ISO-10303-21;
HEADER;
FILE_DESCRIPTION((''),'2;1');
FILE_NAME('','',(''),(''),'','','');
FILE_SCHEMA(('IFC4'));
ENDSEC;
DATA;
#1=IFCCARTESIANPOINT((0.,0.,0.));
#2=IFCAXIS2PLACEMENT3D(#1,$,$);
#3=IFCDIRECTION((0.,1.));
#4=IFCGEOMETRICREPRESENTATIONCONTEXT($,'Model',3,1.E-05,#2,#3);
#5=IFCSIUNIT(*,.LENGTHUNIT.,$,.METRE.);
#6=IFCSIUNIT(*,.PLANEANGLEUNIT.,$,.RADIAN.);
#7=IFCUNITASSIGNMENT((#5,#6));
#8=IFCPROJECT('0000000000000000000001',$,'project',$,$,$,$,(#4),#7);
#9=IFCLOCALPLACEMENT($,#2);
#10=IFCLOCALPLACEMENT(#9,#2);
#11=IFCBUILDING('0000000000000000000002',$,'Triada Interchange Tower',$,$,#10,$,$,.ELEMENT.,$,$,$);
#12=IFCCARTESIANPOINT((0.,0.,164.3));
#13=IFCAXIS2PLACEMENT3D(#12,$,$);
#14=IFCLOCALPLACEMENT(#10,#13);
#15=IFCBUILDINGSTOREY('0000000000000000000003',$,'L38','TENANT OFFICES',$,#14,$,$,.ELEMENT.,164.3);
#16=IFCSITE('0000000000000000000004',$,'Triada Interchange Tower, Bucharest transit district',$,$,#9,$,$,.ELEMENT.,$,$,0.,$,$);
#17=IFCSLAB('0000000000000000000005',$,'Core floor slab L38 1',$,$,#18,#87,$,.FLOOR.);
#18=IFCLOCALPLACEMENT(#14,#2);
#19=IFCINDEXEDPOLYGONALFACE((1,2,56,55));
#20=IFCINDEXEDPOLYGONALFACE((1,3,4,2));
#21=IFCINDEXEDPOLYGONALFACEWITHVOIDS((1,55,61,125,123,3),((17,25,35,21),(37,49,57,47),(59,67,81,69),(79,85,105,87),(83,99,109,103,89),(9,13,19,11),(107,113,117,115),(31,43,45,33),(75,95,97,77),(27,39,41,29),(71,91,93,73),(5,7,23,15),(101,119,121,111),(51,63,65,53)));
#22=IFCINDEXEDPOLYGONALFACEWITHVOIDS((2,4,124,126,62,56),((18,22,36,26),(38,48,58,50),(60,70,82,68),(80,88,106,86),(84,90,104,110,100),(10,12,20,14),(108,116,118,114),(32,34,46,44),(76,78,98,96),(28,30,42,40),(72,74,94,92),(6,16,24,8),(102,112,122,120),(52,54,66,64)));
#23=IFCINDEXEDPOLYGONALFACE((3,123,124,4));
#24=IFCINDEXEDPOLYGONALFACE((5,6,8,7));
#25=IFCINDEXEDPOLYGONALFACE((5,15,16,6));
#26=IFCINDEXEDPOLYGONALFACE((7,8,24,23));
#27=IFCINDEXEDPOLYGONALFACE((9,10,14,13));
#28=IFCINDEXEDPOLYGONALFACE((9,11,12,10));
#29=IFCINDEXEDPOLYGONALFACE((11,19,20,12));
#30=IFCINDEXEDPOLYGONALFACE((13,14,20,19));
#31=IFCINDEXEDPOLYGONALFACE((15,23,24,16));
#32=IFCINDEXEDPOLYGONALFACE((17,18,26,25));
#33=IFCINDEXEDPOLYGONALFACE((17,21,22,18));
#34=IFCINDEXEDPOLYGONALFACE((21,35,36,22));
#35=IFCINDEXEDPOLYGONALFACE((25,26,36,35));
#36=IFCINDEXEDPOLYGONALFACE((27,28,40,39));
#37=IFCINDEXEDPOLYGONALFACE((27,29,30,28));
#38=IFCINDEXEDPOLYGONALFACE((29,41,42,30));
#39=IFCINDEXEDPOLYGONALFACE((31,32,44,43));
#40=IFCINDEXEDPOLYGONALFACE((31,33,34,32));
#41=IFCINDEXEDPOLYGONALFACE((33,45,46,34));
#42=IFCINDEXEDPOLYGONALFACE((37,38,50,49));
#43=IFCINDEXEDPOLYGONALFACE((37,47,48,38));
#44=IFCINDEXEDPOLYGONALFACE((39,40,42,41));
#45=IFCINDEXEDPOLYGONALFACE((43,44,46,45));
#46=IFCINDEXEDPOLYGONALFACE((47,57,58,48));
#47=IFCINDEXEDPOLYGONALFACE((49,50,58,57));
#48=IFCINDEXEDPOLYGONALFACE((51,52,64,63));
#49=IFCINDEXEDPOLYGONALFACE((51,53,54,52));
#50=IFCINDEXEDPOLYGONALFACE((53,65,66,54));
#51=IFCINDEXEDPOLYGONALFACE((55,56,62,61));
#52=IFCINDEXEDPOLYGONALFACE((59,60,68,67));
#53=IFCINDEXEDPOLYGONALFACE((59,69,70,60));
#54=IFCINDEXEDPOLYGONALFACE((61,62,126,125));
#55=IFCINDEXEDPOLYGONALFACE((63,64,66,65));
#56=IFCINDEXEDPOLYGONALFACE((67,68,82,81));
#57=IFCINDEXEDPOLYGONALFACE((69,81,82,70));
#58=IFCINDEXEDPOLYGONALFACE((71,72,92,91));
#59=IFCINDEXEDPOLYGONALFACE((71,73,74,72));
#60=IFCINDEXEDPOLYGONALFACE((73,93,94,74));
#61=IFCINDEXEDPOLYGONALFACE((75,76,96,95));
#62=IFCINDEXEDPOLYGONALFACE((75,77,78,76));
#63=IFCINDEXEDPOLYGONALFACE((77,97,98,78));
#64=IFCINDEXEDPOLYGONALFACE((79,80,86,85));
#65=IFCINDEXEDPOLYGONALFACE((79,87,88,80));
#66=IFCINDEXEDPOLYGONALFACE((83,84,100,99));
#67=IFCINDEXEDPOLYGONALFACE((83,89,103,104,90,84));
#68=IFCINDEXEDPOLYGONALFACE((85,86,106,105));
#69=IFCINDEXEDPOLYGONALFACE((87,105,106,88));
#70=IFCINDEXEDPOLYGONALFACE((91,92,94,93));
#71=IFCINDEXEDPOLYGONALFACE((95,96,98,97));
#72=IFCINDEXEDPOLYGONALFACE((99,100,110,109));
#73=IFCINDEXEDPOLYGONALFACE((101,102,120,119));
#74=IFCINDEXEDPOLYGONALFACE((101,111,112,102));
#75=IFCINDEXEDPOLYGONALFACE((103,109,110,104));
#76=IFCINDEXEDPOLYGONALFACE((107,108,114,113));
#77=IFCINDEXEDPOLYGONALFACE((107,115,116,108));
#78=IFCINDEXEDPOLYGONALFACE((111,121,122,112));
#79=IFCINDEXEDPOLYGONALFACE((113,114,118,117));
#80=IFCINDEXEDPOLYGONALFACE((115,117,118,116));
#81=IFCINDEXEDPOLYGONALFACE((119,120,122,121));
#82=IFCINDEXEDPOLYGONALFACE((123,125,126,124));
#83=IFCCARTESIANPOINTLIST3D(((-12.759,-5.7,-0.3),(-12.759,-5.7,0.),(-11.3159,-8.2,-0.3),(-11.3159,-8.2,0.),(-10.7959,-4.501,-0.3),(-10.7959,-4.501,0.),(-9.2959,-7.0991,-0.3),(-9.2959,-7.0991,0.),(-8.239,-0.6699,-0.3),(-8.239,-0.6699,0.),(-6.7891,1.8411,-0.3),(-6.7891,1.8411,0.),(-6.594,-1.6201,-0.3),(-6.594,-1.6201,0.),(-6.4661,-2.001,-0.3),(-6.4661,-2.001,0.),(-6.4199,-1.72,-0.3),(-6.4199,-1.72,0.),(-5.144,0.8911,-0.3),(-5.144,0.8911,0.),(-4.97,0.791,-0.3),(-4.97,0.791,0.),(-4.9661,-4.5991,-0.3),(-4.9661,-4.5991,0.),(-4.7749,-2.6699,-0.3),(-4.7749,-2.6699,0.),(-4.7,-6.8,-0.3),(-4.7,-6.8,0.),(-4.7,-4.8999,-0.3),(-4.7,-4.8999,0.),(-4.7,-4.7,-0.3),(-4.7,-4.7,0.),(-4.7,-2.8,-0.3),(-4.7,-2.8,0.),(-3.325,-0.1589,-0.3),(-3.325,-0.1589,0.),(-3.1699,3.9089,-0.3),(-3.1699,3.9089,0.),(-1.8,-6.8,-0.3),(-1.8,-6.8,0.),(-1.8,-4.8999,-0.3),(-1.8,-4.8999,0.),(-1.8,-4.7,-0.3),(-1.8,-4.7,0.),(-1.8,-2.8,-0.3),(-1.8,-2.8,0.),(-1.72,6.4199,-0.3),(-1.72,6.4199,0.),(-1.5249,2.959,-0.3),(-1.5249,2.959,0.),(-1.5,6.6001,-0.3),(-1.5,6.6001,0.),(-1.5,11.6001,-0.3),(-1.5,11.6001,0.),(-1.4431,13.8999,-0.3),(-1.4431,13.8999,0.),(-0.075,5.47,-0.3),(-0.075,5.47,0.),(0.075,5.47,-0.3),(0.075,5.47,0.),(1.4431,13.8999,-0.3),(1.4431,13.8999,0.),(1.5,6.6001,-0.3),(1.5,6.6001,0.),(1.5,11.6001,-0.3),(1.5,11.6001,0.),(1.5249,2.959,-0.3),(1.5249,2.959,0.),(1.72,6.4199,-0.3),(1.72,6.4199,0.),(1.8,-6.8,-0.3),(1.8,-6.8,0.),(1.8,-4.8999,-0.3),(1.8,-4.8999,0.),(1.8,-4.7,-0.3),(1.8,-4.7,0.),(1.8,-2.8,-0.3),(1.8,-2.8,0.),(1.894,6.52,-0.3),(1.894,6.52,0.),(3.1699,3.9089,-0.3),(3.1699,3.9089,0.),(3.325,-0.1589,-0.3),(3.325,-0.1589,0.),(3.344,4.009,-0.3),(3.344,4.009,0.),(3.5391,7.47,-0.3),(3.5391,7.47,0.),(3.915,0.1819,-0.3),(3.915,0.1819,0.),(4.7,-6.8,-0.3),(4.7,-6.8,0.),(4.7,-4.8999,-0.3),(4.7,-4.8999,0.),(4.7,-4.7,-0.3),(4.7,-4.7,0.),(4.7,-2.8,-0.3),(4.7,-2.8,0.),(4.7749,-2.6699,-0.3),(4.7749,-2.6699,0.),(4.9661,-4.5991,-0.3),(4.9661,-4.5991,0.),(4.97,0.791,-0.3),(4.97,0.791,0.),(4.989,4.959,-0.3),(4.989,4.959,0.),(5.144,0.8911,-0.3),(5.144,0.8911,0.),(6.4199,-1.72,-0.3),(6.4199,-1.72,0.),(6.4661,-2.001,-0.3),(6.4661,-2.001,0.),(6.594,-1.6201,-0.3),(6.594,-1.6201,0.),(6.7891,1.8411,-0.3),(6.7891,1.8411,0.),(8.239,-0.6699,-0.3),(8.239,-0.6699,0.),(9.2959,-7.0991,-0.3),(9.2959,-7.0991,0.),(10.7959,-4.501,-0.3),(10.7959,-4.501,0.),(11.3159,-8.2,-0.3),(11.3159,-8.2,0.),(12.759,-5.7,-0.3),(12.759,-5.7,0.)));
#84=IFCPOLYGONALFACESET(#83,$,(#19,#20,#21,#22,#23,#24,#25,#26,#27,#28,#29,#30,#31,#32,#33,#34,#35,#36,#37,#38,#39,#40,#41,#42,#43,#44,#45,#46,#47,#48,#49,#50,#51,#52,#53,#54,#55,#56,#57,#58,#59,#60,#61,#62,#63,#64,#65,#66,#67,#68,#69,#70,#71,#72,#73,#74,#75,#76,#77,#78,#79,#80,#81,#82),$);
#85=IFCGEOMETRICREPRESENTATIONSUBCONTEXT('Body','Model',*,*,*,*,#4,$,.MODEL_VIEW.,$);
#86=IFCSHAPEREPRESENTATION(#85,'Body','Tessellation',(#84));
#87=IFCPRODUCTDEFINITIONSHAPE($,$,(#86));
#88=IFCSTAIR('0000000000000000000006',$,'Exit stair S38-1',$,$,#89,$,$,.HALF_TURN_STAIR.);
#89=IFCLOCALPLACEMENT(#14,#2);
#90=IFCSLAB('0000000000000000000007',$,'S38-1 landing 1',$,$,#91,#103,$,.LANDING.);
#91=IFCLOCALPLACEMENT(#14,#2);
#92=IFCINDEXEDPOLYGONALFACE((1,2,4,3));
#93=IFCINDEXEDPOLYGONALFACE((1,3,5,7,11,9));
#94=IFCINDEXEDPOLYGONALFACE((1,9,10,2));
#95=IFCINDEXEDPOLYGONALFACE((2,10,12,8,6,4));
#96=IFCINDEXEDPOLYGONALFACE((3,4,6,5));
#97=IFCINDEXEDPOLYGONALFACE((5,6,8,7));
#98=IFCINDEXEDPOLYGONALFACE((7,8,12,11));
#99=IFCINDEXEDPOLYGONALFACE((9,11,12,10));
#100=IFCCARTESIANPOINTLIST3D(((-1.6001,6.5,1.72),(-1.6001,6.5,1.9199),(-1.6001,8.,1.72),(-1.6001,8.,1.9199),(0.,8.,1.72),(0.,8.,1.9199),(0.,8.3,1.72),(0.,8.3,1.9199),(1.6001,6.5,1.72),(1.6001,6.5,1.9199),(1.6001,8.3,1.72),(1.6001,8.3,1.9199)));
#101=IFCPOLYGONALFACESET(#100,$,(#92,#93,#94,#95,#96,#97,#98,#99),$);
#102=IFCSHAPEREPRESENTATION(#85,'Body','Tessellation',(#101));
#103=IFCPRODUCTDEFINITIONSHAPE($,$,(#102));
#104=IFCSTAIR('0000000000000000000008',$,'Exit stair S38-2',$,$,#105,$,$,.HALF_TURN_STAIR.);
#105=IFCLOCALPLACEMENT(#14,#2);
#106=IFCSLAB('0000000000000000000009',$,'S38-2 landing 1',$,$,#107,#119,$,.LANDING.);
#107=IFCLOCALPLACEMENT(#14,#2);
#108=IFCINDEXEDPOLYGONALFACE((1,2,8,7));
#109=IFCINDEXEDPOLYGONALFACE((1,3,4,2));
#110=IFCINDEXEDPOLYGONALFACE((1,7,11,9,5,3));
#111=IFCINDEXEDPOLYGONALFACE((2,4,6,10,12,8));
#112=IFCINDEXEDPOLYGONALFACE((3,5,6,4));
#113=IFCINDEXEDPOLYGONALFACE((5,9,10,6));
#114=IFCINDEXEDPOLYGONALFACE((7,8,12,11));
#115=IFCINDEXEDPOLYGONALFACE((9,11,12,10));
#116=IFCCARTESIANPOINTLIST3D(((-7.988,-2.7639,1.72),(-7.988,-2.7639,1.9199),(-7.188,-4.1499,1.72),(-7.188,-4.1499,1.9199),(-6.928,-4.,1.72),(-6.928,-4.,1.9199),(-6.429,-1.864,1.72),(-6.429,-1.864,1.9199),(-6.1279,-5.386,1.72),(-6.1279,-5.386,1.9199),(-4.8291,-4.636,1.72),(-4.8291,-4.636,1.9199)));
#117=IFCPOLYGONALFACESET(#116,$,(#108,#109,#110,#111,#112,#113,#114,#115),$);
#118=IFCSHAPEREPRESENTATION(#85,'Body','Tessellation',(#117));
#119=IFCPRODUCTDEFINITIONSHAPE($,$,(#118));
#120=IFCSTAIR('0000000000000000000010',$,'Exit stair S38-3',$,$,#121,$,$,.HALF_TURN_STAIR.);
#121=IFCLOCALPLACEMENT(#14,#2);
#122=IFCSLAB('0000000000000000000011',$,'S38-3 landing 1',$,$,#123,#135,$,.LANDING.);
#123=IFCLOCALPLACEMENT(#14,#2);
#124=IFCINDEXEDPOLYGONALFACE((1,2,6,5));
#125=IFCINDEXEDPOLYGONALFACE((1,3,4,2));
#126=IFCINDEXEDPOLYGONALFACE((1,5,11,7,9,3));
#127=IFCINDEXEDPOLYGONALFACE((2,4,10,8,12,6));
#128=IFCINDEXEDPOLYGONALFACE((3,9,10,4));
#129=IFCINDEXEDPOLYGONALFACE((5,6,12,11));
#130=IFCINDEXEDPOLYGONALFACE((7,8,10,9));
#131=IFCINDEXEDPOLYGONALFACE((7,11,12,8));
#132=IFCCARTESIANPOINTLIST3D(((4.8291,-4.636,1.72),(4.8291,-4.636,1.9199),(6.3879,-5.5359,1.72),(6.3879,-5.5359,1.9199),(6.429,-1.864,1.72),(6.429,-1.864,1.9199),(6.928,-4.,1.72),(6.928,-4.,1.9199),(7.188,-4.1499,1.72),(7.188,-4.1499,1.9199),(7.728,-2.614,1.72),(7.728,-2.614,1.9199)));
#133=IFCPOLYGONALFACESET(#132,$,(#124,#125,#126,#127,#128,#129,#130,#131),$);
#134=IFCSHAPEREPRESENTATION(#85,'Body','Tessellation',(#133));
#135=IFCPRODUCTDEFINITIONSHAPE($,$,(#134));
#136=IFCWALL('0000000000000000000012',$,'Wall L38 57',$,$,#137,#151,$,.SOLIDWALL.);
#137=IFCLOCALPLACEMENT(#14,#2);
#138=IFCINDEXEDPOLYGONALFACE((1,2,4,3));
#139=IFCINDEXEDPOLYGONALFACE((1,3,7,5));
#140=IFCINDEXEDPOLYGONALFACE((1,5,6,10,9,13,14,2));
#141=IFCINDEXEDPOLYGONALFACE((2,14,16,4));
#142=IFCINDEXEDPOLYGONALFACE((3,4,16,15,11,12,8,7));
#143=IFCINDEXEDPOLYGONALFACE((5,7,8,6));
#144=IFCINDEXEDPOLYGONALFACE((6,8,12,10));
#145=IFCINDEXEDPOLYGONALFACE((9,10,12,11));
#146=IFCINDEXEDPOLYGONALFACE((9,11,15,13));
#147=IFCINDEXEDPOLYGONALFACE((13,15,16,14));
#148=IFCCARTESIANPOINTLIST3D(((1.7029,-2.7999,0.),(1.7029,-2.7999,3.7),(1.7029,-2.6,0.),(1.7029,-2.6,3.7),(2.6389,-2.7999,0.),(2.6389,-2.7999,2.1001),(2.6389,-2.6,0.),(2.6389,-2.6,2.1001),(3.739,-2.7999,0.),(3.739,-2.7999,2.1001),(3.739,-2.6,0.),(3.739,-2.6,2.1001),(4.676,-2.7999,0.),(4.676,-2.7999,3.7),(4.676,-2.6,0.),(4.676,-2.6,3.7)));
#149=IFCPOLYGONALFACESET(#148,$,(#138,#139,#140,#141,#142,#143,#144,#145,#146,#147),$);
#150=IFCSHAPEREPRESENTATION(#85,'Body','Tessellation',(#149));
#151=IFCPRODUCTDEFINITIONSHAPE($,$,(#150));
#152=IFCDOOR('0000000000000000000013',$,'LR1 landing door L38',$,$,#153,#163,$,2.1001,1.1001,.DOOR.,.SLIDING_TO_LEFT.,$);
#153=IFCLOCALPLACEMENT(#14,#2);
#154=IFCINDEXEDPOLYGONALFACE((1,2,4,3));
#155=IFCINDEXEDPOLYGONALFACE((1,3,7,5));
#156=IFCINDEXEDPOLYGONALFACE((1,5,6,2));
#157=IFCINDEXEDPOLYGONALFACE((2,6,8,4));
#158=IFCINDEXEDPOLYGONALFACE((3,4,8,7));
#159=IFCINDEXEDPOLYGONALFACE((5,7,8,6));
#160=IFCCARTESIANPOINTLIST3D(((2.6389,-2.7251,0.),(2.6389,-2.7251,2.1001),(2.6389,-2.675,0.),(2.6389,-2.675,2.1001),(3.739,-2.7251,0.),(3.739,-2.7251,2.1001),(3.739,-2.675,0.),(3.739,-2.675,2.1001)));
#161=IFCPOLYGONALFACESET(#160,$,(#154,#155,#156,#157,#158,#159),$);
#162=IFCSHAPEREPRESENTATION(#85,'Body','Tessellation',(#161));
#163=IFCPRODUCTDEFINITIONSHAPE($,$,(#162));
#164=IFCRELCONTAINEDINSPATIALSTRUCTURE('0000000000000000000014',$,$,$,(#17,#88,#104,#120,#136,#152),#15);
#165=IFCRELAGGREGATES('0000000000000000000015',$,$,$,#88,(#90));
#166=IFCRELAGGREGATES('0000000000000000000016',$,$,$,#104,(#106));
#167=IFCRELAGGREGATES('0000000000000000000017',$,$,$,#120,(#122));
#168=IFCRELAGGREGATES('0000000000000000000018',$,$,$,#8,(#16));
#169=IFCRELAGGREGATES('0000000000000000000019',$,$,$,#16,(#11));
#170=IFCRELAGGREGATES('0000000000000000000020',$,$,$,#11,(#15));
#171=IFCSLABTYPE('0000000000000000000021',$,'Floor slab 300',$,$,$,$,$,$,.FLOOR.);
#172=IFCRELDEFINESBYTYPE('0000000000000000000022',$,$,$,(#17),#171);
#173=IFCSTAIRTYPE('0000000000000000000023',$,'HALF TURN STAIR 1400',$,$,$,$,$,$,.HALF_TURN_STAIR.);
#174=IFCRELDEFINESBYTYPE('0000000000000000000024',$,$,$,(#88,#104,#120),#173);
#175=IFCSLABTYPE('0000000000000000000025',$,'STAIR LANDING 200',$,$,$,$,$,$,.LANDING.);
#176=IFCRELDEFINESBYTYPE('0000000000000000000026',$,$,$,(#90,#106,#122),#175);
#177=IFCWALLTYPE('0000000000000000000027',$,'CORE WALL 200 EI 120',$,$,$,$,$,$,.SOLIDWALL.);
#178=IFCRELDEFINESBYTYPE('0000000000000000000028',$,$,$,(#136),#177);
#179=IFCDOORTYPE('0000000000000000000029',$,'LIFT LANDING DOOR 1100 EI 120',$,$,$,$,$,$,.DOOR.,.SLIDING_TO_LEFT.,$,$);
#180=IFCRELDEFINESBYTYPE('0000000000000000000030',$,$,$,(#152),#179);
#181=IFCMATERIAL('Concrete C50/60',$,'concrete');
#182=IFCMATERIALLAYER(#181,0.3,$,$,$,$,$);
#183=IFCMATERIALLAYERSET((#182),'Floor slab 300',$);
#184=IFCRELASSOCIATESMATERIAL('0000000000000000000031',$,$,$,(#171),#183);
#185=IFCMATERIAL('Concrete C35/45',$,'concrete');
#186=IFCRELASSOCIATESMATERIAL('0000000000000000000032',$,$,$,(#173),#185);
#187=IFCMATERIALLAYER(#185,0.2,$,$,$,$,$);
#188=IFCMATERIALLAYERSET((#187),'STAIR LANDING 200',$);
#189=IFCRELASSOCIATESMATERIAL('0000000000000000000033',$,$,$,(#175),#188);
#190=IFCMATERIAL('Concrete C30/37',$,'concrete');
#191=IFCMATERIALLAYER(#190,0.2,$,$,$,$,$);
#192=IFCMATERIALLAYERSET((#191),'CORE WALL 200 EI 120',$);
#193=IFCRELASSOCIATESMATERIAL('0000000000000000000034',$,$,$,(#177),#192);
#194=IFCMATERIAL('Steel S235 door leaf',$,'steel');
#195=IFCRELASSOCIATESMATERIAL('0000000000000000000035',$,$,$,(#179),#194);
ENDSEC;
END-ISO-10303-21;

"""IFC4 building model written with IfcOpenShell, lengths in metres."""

from ifc_helpers import new_model, si_unit, direction, frame, frame_2d, origin, place, context, subcontext, project, spatial, polyline, rectangle, outline, extrude, material, layer, layer_set, type_object, element, fill, aggregate, save


model = new_model("IFC4")

# Units and contexts
model_context = context("Model", 3, precision=1e-05, world=origin(), true_north=direction((0.0, 1.0)))
body_context = subcontext(model_context, "Body", "Model", "MODEL_VIEW")
ifc_project = project(units=[si_unit("LENGTHUNIT", "METRE"), si_unit("PLANEANGLEUNIT", "RADIAN")], contexts=[model_context])

# Site, building, storey
site_placement = place(None, origin())
site = spatial("IfcSite", under=ifc_project, at=site_placement, Name="Triada Interchange Tower, Bucharest transit district", CompositionType="ELEMENT", RefElevation=0.0)
building_placement = place(site_placement, origin())
building = spatial("IfcBuilding", under=site, at=building_placement, Name="Triada Interchange Tower", CompositionType="ELEMENT")
storey_placement = place(building_placement, frame((0.0, 0.0, 164.3)))
storey = spatial("IfcBuildingStorey", under=building, at=storey_placement, Name="L38", Description="TENANT OFFICES", CompositionType="ELEMENT", Elevation=164.3)

# Slab
ifc_material_1 = material(Name="Concrete C50/60", Category="concrete")
ifc_layer_1 = layer(ifc_material_1, 0.3)
ifc_layer_set_1 = layer_set([ifc_layer_1], Name="Floor slab 300")
slab_type_1 = type_object("IfcSlabType", Name="Floor slab 300", PredefinedType="FLOOR", material=ifc_layer_set_1)
slab_1_placement = place(storey_placement, frame((0.0, 0.0, -0.3)))
element("IfcSlab", 1, at=slab_1_placement, inside=storey, type_object=slab_type_1, Name="Core floor slab L38 1", PredefinedType="FLOOR", context=body_context, shape_type="SweptSolid", body=[
    extrude(outline(polyline([(12.759, -5.7), (11.3159, -8.2), (-11.3159, -8.2), (-12.759, -5.7), (-1.4431, 13.8999), (1.4431, 13.8999), (12.759, -5.7)]), holes=[polyline([(9.2959, -7.0991), (10.7959, -4.501), (6.4661, -2.001), (4.9661, -4.5991), (9.2959, -7.0991)]), polyline([(6.7891, 1.8411), (5.144, 0.8911), (6.594, -1.6201), (8.239, -0.6699), (6.7891, 1.8411)]), polyline([(4.7749, -2.6699), (6.4199, -1.72), (4.97, 0.791), (3.915, 0.1819), (3.325, -0.1589), (4.7749, -2.6699)]), polyline([(1.894, 6.52), (3.344, 4.009), (4.989, 4.959), (3.5391, 7.47), (1.894, 6.52)]), polyline([(4.7, -6.8), (4.7, -4.8999), (1.8, -4.8999), (1.8, -6.8), (4.7, -6.8)]), polyline([(4.7, -2.8), (1.8, -2.8), (1.8, -4.7), (4.7, -4.7), (4.7, -2.8)]), polyline([(0.075, 5.47), (1.5249, 2.959), (3.1699, 3.9089), (1.72, 6.4199), (0.075, 5.47)]), polyline([(1.5, 11.6001), (-1.5, 11.6001), (-1.5, 6.6001), (1.5, 6.6001), (1.5, 11.6001)]), polyline([(-1.5249, 2.959), (-0.075, 5.47), (-1.72, 6.4199), (-3.1699, 3.9089), (-1.5249, 2.959)]), polyline([(-1.8, -2.8), (-4.7, -2.8), (-4.7, -4.7), (-1.8, -4.7), (-1.8, -2.8)]), polyline([(-4.7, -6.8), (-1.8, -6.8), (-1.8, -4.8999), (-4.7, -4.8999), (-4.7, -6.8)]), polyline([(-4.7749, -2.6699), (-3.325, -0.1589), (-4.97, 0.791), (-6.4199, -1.72), (-4.7749, -2.6699)]), polyline([(-10.7959, -4.501), (-9.2959, -7.0991), (-4.9661, -4.5991), (-6.4661, -2.001), (-10.7959, -4.501)]), polyline([(-6.594, -1.6201), (-5.144, 0.8911), (-6.7891, 1.8411), (-8.239, -0.6699), (-6.594, -1.6201)])]), origin(), (0.0, 0.0, 1.0), 0.3),
])

# Stairs, slabs
ifc_material_2 = material(Name="Concrete C35/45", Category="concrete")
stair_type = type_object("IfcStairType", Name="HALF TURN STAIR 1400", PredefinedType="HALF_TURN_STAIR", material=ifc_material_2)
stair_1_placement = place(storey_placement, origin())
stair_1 = element("IfcStair", 2, at=stair_1_placement, inside=storey, type_object=stair_type, Name="Exit stair S38-1", PredefinedType="HALF_TURN_STAIR")
ifc_layer_2 = layer(ifc_material_2, 0.2)
ifc_layer_set_2 = layer_set([ifc_layer_2], Name="STAIR LANDING 200")
slab_type_2 = type_object("IfcSlabType", Name="STAIR LANDING 200", PredefinedType="LANDING", material=ifc_layer_set_2)
slab_2_placement = place(storey_placement, frame((0.0, 0.0, 1.72)))
slab_2 = element("IfcSlab", 3, at=slab_2_placement, type_object=slab_type_2, Name="S38-1 landing 1", PredefinedType="LANDING", context=body_context, shape_type="SweptSolid", body=[
    extrude(outline(polyline([(1.6001, 6.5), (1.6001, 8.3), (0.0, 8.3), (0.0, 8.0), (-1.6001, 8.0), (-1.6001, 6.5), (1.6001, 6.5)])), origin(), (0.0, 0.0, 1.0), 0.2),
])
aggregate(stair_1, [slab_2])
stair_2_placement = place(storey_placement, origin())
stair_2 = element("IfcStair", 4, at=stair_2_placement, inside=storey, type_object=stair_type, Name="Exit stair S38-2", PredefinedType="HALF_TURN_STAIR")
slab_3_placement = place(storey_placement, frame((0.0, 0.0, 1.72)))
slab_3 = element("IfcSlab", 5, at=slab_3_placement, type_object=slab_type_2, Name="S38-2 landing 1", PredefinedType="LANDING", context=body_context, shape_type="SweptSolid", body=[
    extrude(outline(polyline([(-6.429, -1.864), (-7.988, -2.7639), (-7.188, -4.1499), (-6.928, -4.0), (-6.1279, -5.386), (-4.8291, -4.636), (-6.429, -1.864)])), origin(), (0.0, 0.0, 1.0), 0.2),
])
aggregate(stair_2, [slab_3])
stair_3_placement = place(storey_placement, origin())
stair_3 = element("IfcStair", 6, at=stair_3_placement, inside=storey, type_object=stair_type, Name="Exit stair S38-3", PredefinedType="HALF_TURN_STAIR")
slab_4_placement = place(storey_placement, frame((0.0, 0.0, 1.72)))
slab_4 = element("IfcSlab", 7, at=slab_4_placement, type_object=slab_type_2, Name="S38-3 landing 1", PredefinedType="LANDING", context=body_context, shape_type="SweptSolid", body=[
    extrude(outline(polyline([(4.8291, -4.636), (6.3879, -5.5359), (7.188, -4.1499), (6.928, -4.0), (7.728, -2.614), (6.429, -1.864), (4.8291, -4.636)])), origin(), (0.0, 0.0, 1.0), 0.2),
])
aggregate(stair_3, [slab_4])

# Wall, opening, door
ifc_material_3 = material(Name="Concrete C30/37", Category="concrete")
ifc_layer_3 = layer(ifc_material_3, 0.2)
ifc_layer_set_3 = layer_set([ifc_layer_3], Name="CORE WALL 200 EI 120")
wall_type_1 = type_object("IfcWallType", Name="CORE WALL 200 EI 120", PredefinedType="SOLIDWALL", material=ifc_layer_set_3)
wall_1_placement = place(storey_placement, frame((1.7029, -2.7, 0.0), z_axis=(0.0, 0.0, 1.0), x_axis=(1.0, 0.0, 0.0)))
wall_1 = element("IfcWall", 8, at=wall_1_placement, inside=storey, type_object=wall_type_1, Name="Wall L38 57", PredefinedType="SOLIDWALL", context=body_context, shape_type="SweptSolid", body=[
    extrude(rectangle(XDim=2.9731, YDim=0.2, at=frame_2d((1.4866, 0.0))), origin(), (0.0, 0.0, 1.0), 3.7),
])
opening_1_placement = place(wall_1_placement, frame((0.936, 0.0, 0.0)))
opening_1 = element("IfcOpeningElement", 9, at=opening_1_placement, cuts=wall_1, PredefinedType="OPENING", context=body_context, shape_type="SweptSolid", body=[
    extrude(rectangle(XDim=1.1001, YDim=2.1001, at=frame_2d((0.55, 1.05))), frame((0.0, 0.1099, 0.0), z_axis=(0.0, -1.0, 0.0), x_axis=(1.0, 0.0, 0.0)), (0.0, 0.0, 1.0), 0.22),
])
ifc_material_4 = material(Name="Steel S235 door leaf", Category="steel")
door_type = type_object("IfcDoorType", Name="LIFT LANDING DOOR 1100 EI 120", OperationType="SLIDING_TO_LEFT", PredefinedType="DOOR", material=ifc_material_4)
door_1_placement = place(opening_1_placement, origin())
door_1 = element("IfcDoor", 10, at=door_1_placement, inside=storey, type_object=door_type, Name="LR1 landing door L38", OperationType="SLIDING_TO_LEFT", OverallHeight=2.1001, OverallWidth=1.1001, PredefinedType="DOOR", context=body_context, shape_type="SweptSolid", body=[
    extrude(rectangle(XDim=1.1001, YDim=2.1001, at=frame_2d((0.55, 1.05))), frame((0.0, 0.0249, 0.0), z_axis=(0.0, -1.0, 0.0), x_axis=(1.0, 0.0, 0.0)), (0.0, 0.0, 1.0), 0.05),
])
fill(opening_1, door_1)

save(model, "model.ifc")
